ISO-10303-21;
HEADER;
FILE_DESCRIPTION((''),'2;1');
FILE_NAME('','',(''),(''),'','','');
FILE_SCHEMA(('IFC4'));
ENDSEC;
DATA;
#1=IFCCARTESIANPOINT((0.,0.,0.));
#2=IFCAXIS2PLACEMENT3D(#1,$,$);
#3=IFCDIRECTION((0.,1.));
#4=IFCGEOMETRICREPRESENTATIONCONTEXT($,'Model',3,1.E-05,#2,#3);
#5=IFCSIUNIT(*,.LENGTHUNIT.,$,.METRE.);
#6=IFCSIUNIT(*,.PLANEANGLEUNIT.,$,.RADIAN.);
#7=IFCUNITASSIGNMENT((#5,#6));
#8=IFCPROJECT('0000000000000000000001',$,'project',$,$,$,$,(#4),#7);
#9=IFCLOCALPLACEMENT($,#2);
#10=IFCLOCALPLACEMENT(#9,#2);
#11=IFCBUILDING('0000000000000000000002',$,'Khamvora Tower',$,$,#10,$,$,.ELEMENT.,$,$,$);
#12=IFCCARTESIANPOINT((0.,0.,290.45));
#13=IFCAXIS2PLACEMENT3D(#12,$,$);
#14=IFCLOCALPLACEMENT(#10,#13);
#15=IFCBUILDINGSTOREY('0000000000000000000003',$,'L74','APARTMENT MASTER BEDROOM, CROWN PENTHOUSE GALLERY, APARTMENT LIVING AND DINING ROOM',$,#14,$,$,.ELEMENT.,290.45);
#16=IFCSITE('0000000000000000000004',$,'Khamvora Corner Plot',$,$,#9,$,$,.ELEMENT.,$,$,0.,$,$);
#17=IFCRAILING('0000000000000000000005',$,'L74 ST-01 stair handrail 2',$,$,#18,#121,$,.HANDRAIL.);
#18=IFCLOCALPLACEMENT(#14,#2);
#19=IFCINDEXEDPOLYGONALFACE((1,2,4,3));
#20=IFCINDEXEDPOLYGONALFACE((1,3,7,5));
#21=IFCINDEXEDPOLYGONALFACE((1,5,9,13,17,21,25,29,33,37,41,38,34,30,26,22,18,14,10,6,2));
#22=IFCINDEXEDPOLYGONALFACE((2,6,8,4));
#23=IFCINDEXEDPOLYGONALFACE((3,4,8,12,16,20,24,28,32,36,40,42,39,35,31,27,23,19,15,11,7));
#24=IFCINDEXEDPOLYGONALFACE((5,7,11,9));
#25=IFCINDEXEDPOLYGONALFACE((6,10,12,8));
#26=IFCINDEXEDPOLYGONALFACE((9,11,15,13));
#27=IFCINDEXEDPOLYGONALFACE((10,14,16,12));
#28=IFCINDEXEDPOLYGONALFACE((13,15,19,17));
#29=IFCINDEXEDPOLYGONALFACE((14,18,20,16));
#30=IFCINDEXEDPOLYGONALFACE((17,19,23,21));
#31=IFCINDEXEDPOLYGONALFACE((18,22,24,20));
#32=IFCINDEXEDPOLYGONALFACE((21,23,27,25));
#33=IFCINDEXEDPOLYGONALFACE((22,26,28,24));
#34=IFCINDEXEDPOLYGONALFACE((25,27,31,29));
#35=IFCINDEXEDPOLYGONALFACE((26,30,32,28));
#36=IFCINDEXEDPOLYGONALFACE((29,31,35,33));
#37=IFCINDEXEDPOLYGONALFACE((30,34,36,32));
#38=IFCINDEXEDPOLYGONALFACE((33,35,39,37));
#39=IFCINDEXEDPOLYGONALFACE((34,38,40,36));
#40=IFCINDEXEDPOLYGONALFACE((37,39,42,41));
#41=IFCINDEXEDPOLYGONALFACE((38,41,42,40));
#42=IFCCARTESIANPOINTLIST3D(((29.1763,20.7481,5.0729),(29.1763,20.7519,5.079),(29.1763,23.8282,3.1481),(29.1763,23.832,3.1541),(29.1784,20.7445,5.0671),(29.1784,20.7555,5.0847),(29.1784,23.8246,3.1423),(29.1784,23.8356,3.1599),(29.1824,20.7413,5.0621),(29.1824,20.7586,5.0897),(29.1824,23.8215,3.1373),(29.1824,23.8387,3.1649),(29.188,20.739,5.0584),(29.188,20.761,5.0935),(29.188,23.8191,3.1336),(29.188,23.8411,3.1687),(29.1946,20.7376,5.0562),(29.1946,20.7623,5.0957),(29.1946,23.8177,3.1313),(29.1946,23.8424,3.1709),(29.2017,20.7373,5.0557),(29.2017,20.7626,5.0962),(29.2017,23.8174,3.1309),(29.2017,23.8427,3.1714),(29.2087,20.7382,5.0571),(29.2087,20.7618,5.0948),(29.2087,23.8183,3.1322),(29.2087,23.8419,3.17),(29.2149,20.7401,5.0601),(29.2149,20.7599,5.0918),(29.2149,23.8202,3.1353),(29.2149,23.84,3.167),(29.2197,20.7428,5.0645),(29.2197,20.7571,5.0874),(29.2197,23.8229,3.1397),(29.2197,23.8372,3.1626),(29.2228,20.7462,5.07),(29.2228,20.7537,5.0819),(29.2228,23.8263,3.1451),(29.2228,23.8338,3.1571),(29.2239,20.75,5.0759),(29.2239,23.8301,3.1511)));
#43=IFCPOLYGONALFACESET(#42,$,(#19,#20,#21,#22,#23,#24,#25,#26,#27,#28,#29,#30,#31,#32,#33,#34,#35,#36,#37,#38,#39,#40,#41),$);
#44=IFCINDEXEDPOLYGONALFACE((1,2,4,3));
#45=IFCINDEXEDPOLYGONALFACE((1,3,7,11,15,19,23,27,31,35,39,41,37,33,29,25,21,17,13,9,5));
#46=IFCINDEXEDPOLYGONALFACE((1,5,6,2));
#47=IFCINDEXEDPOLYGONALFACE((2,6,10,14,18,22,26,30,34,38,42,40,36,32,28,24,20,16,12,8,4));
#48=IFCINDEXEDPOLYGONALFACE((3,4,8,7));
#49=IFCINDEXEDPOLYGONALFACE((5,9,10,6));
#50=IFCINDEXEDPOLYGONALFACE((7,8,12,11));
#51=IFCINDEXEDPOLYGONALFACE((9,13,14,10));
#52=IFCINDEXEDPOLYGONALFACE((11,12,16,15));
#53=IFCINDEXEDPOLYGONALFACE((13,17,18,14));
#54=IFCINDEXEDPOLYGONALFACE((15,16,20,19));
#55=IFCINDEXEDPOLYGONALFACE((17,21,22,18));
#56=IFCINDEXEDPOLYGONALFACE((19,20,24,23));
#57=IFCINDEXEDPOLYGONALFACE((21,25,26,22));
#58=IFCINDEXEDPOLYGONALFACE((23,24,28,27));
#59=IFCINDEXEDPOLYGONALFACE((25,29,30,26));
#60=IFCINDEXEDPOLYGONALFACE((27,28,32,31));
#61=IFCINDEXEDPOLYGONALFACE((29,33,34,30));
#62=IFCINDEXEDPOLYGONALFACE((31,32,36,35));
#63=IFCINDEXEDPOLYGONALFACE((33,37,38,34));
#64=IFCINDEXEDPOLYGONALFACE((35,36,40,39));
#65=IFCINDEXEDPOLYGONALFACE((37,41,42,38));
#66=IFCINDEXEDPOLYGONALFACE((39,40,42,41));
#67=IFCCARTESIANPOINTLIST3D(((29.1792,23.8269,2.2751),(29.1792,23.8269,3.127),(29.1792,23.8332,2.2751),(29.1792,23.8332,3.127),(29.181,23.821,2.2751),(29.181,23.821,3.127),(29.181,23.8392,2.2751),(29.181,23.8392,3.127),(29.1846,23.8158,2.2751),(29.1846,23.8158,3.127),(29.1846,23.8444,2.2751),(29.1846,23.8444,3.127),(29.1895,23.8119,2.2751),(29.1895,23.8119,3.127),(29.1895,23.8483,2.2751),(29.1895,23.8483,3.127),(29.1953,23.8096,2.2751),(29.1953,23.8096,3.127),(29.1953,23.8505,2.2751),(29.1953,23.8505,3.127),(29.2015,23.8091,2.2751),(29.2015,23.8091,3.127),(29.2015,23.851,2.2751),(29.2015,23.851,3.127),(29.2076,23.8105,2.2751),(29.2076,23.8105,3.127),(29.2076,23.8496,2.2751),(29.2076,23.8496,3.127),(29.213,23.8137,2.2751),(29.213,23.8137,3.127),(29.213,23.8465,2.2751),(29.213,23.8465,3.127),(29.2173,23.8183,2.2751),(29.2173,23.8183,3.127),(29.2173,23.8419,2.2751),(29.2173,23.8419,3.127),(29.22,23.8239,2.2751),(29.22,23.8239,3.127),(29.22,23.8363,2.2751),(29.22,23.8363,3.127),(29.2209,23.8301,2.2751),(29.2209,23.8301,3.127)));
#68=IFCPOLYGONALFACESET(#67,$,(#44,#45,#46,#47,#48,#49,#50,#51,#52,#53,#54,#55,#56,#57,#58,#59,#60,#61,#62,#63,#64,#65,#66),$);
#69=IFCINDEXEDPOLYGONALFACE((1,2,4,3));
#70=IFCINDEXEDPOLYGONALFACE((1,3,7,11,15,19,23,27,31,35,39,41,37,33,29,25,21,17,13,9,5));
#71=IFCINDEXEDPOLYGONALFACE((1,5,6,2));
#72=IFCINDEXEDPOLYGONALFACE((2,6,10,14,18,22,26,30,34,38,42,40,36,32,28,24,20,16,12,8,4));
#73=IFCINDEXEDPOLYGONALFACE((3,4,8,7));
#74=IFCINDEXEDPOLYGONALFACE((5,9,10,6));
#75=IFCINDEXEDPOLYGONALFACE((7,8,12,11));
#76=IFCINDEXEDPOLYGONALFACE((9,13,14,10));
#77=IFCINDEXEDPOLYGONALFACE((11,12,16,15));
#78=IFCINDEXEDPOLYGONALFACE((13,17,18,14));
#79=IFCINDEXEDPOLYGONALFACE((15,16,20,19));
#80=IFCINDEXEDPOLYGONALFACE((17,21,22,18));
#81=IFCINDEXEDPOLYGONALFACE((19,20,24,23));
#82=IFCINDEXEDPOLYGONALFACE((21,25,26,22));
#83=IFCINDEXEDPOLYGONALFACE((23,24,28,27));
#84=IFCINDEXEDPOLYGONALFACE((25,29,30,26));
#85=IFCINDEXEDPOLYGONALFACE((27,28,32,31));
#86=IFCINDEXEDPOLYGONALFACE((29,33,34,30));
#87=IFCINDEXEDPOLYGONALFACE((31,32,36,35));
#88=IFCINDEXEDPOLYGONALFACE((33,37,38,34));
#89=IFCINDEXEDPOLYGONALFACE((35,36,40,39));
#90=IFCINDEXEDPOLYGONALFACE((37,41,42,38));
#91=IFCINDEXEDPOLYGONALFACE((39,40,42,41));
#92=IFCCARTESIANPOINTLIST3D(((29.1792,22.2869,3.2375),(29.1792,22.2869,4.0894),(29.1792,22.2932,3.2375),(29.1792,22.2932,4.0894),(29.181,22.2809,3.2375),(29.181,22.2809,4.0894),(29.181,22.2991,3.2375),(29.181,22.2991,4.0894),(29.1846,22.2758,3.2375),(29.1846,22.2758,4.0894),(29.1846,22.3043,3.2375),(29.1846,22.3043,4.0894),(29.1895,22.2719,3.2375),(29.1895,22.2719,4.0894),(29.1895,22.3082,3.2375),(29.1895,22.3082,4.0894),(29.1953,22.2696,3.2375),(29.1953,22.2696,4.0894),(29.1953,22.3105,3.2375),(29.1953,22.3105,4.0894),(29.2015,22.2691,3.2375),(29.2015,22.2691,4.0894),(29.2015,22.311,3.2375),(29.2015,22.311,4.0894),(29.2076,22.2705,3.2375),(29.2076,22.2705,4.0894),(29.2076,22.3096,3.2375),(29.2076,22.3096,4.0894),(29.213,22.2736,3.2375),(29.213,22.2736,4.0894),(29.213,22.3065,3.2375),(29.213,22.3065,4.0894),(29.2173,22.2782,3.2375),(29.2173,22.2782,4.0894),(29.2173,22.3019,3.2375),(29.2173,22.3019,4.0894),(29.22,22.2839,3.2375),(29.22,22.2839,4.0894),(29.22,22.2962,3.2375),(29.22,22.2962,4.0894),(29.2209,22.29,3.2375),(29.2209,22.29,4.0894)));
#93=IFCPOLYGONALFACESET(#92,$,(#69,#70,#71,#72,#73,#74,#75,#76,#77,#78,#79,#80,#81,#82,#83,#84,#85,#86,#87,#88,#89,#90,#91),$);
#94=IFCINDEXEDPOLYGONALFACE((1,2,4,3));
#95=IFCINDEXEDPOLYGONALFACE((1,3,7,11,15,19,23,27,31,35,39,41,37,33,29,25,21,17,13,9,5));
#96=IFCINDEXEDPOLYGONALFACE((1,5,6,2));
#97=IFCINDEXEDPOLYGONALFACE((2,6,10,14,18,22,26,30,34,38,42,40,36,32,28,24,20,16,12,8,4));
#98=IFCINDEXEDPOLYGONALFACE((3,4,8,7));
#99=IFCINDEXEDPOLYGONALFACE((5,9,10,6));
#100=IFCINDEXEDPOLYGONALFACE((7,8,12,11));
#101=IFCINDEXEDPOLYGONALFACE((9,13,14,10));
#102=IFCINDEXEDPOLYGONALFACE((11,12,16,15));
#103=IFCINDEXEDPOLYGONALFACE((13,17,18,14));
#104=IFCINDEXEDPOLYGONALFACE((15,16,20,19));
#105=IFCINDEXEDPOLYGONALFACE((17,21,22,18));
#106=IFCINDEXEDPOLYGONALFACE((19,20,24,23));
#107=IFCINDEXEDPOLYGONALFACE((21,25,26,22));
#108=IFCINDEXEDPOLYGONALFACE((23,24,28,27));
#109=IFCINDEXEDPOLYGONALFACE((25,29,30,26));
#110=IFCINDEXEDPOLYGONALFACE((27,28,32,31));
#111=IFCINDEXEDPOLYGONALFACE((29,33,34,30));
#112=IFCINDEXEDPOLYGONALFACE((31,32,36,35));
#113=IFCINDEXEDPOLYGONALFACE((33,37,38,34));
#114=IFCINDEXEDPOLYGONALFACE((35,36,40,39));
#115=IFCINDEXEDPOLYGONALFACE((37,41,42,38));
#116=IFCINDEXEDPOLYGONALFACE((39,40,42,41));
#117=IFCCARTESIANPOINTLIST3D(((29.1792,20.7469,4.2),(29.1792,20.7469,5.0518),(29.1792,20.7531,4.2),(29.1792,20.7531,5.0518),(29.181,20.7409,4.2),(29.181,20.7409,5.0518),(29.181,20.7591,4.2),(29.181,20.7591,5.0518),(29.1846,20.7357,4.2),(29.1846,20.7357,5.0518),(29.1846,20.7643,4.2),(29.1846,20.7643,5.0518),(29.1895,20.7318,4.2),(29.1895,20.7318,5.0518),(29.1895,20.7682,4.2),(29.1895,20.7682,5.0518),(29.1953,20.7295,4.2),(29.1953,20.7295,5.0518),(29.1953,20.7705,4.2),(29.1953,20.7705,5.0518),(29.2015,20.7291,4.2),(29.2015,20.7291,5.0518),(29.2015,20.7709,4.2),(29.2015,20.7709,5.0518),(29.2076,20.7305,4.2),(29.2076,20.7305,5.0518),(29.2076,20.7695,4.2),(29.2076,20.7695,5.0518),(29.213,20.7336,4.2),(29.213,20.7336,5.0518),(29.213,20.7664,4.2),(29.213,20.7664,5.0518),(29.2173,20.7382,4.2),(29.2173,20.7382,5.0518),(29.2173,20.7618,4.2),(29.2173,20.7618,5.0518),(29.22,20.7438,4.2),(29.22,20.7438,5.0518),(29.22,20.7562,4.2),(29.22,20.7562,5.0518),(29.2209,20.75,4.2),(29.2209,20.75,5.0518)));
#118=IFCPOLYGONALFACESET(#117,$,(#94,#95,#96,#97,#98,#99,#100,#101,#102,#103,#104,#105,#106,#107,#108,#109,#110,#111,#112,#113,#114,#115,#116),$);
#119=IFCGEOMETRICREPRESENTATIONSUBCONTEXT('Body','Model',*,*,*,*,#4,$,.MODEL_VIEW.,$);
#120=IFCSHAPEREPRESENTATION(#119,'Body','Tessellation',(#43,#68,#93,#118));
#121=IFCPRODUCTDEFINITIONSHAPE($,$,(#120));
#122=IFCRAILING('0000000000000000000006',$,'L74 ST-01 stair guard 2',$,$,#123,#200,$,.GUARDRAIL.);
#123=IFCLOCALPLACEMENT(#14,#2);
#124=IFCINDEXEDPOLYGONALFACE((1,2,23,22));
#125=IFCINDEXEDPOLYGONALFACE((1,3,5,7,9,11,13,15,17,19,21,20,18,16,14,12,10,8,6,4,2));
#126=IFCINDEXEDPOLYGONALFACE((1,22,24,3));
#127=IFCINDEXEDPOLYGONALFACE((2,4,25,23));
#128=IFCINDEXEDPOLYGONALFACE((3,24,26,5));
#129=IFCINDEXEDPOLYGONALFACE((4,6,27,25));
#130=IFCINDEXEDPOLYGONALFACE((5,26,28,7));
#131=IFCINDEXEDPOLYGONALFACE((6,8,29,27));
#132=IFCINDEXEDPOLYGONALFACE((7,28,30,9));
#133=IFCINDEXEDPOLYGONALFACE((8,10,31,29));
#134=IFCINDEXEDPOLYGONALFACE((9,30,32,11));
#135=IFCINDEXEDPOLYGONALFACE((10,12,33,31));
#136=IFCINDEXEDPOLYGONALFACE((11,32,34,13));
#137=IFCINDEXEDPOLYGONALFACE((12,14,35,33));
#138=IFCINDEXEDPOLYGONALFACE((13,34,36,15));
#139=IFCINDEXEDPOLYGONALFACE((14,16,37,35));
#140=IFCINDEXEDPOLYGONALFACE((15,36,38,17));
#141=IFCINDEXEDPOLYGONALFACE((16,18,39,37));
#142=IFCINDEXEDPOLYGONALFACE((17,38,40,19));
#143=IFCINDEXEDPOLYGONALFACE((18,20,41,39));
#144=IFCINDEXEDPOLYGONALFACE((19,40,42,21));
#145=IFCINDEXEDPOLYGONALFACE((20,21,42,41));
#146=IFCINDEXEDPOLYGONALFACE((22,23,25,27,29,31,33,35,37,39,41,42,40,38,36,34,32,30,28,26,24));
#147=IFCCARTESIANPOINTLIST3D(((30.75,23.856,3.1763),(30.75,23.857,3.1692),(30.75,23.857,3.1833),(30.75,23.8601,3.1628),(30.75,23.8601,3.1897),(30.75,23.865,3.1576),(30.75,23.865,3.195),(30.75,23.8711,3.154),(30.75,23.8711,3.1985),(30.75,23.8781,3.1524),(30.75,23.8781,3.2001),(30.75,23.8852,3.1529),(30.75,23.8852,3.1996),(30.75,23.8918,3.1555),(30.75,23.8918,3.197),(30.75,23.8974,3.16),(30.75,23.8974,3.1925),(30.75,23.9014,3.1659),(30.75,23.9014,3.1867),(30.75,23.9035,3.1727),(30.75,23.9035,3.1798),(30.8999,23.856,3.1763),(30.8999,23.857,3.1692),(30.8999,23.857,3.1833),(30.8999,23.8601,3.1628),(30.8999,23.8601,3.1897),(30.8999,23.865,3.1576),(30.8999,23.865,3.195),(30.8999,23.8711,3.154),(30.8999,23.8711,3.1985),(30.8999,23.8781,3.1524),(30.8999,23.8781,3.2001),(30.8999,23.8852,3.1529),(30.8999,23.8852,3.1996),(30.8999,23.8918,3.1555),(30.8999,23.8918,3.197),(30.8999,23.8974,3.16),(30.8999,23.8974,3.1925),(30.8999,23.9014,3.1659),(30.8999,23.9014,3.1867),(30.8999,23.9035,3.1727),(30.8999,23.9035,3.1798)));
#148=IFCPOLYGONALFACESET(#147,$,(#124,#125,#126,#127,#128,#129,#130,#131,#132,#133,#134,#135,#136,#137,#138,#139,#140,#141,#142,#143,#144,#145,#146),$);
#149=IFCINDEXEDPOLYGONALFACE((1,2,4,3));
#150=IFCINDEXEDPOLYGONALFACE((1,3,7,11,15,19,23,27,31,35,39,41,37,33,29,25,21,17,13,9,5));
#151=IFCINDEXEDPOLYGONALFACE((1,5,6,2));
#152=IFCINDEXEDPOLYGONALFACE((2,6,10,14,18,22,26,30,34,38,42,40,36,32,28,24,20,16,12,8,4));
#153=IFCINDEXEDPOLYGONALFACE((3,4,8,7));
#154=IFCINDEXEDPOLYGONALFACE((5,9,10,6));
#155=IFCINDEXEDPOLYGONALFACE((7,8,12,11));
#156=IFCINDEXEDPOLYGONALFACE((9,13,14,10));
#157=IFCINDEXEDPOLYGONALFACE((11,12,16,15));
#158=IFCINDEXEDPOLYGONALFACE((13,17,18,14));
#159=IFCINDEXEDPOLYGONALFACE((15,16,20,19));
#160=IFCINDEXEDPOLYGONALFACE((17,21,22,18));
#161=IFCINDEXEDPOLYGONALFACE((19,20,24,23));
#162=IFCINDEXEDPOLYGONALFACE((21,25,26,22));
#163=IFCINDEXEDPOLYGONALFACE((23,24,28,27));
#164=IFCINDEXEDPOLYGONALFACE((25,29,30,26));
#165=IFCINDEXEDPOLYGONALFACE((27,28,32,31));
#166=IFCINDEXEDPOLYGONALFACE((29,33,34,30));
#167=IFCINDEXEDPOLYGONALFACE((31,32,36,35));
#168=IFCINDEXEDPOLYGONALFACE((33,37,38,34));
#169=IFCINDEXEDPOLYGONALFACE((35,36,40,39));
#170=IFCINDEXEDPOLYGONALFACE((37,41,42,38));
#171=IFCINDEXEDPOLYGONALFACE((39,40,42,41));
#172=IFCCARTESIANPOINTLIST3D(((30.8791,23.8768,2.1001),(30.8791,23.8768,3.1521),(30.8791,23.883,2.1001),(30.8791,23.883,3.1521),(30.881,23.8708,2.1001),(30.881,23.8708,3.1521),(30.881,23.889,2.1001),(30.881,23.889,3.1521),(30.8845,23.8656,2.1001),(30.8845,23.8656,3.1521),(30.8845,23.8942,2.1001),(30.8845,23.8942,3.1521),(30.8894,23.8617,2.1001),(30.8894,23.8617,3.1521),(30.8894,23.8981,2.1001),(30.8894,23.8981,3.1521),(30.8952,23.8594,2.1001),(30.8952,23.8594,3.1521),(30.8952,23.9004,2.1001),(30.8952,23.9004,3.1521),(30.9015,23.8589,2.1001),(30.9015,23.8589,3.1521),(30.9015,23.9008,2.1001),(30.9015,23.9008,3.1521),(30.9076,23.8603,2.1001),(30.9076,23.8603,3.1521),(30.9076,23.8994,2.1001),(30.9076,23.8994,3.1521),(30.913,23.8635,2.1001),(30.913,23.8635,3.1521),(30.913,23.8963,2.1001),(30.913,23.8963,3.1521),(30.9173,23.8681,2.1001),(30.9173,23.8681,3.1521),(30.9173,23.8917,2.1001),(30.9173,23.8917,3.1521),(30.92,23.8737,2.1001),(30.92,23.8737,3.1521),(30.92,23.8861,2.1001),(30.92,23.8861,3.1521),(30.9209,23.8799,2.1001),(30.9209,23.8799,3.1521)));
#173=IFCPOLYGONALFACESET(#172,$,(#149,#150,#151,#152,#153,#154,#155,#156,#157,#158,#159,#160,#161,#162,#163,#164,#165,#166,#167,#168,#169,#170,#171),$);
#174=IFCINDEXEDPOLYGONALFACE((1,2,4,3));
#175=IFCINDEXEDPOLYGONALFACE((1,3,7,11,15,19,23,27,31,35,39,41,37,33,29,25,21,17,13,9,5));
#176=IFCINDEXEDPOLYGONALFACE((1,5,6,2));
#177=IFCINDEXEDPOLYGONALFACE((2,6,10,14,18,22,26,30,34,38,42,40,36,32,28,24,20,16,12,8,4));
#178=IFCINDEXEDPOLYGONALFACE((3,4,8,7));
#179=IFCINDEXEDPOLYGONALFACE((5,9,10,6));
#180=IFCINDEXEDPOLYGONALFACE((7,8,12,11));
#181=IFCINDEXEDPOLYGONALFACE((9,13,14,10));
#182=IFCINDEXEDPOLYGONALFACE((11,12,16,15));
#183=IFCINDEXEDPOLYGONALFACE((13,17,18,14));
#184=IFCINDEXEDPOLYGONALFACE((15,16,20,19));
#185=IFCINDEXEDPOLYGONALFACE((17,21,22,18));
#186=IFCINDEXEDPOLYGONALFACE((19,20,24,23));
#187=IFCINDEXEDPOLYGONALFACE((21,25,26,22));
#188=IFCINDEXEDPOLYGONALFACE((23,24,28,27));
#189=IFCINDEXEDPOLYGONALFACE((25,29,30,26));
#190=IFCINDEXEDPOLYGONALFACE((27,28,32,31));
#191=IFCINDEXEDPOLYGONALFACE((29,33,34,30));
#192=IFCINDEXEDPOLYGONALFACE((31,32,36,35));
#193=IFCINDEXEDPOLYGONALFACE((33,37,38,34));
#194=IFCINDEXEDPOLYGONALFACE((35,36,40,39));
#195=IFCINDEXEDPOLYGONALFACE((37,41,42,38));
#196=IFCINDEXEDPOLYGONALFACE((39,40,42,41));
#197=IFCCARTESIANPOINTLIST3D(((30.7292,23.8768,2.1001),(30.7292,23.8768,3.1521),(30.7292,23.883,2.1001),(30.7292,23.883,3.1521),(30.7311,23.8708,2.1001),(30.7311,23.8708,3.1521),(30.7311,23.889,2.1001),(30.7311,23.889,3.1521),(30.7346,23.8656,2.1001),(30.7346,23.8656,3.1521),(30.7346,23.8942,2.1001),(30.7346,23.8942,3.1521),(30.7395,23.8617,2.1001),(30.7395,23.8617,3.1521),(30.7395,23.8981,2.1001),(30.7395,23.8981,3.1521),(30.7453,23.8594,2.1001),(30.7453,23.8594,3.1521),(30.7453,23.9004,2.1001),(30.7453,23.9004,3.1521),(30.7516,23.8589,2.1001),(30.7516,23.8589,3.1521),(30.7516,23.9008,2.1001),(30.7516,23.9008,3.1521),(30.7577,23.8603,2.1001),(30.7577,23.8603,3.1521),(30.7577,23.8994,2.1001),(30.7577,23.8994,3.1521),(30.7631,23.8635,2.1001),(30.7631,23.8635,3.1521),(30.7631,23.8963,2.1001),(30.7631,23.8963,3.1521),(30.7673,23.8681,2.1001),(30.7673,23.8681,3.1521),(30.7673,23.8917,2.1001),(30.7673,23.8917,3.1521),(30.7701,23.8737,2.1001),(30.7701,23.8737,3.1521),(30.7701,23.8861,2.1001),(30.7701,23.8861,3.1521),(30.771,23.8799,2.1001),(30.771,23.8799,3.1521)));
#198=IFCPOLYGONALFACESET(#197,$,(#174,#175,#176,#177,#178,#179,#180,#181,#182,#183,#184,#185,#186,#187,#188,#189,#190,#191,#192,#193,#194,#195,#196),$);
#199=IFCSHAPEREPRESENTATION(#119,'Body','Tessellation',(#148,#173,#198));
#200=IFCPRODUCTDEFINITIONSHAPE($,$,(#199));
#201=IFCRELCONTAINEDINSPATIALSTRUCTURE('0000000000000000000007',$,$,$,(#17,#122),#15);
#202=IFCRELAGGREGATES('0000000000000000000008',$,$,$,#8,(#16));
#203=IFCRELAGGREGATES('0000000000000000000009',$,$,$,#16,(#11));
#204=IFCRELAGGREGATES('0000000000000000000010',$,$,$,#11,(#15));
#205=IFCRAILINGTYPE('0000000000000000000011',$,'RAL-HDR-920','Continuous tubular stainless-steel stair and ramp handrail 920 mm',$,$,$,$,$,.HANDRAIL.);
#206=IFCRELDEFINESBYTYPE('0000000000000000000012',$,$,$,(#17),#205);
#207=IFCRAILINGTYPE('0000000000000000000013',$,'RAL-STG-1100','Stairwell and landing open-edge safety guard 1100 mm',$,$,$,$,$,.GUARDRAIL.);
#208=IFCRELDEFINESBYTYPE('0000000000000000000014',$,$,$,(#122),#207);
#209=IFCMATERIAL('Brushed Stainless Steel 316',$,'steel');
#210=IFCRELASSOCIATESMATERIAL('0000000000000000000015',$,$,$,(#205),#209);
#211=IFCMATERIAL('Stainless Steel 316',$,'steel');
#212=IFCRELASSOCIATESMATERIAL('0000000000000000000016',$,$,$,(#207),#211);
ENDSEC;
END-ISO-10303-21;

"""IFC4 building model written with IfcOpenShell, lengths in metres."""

from ifc_helpers import new_model, si_unit, direction, frame, origin, origin_2d, place, context, subcontext, project, spatial, circle, extrude, material, type_object, element, save


model = new_model("IFC4")

# Units and contexts
model_context = context("Model", 3, precision=1e-05, world=origin(), true_north=direction((0.0, 1.0)))
body_context = subcontext(model_context, "Body", "Model", "MODEL_VIEW")
ifc_project = project(units=[si_unit("LENGTHUNIT", "METRE"), si_unit("PLANEANGLEUNIT", "RADIAN")], contexts=[model_context])

# Site, building, storey
site_placement = place(None, origin())
site = spatial("IfcSite", under=ifc_project, at=site_placement, Name="Khamvora Corner Plot", CompositionType="ELEMENT", RefElevation=0.0)
building_placement = place(site_placement, origin())
building = spatial("IfcBuilding", under=site, at=building_placement, Name="Khamvora Tower", CompositionType="ELEMENT")
storey_placement = place(building_placement, frame((0.0, 0.0, 290.45)))
storey = spatial("IfcBuildingStorey", under=building, at=storey_placement, Name="L74", Description="APARTMENT MASTER BEDROOM, CROWN PENTHOUSE GALLERY, APARTMENT LIVING AND DINING ROOM", CompositionType="ELEMENT", Elevation=290.45)

# Railings
ifc_material_1 = material(Name="Brushed Stainless Steel 316", Category="steel")
railing_type_1 = type_object("IfcRailingType", Name="RAL-HDR-920", Description="Continuous tubular stainless-steel stair and ramp handrail 920 mm", PredefinedType="HANDRAIL", material=ifc_material_1)
railing_1_placement = place(storey_placement, frame((29.2, 23.8301, 2.2751)))
element("IfcRailing", 1, at=railing_1_placement, inside=storey, type_object=railing_type_1, Name="L74 ST-01 stair handrail 2", PredefinedType="HANDRAIL", context=body_context, shape_type="SweptSolid", body=[
    extrude(circle(Radius=0.0239, at=origin_2d()), frame((0.0, 0.0, 0.876), z_axis=(0.0, -0.848029, 0.529951), x_axis=(1.0, 0.0, 0.0)), (0.0, 0.0, 1.0), 3.6321),
    extrude(circle(Radius=0.021, at=origin_2d()), origin(), (0.0, 0.0, 1.0), 0.8518),
    extrude(circle(Radius=0.021, at=origin_2d()), frame((0.0, -1.54, 0.9624)), (0.0, 0.0, 1.0), 0.8518),
    extrude(circle(Radius=0.021, at=origin_2d()), frame((0.0, -3.0801, 1.9248)), (0.0, 0.0, 1.0), 0.8518),
])
ifc_material_2 = material(Name="Stainless Steel 316", Category="steel")
railing_type_2 = type_object("IfcRailingType", Name="RAL-STG-1100", Description="Stairwell and landing open-edge safety guard 1100 mm", PredefinedType="GUARDRAIL", material=ifc_material_2)
railing_2_placement = place(storey_placement, frame((30.8999, 23.8799, 2.1001)))
element("IfcRailing", 2, at=railing_2_placement, inside=storey, type_object=railing_type_2, Name="L74 ST-01 stair guard 2", PredefinedType="GUARDRAIL", context=body_context, shape_type="SweptSolid", body=[
    extrude(circle(Radius=0.0239, at=origin_2d()), frame((0.0, 0.0, 1.0762), z_axis=(-1.0, 0.0, 0.0), x_axis=(0.0, -1.0, 0.0)), (0.0, 0.0, 1.0), 0.1499),
    extrude(circle(Radius=0.021, at=origin_2d()), origin(), (0.0, 0.0, 1.0), 1.052),
    extrude(circle(Radius=0.021, at=origin_2d()), frame((-0.1499, 0.0, 0.0)), (0.0, 0.0, 1.0), 1.052),
])

save(model, "model.ifc")
